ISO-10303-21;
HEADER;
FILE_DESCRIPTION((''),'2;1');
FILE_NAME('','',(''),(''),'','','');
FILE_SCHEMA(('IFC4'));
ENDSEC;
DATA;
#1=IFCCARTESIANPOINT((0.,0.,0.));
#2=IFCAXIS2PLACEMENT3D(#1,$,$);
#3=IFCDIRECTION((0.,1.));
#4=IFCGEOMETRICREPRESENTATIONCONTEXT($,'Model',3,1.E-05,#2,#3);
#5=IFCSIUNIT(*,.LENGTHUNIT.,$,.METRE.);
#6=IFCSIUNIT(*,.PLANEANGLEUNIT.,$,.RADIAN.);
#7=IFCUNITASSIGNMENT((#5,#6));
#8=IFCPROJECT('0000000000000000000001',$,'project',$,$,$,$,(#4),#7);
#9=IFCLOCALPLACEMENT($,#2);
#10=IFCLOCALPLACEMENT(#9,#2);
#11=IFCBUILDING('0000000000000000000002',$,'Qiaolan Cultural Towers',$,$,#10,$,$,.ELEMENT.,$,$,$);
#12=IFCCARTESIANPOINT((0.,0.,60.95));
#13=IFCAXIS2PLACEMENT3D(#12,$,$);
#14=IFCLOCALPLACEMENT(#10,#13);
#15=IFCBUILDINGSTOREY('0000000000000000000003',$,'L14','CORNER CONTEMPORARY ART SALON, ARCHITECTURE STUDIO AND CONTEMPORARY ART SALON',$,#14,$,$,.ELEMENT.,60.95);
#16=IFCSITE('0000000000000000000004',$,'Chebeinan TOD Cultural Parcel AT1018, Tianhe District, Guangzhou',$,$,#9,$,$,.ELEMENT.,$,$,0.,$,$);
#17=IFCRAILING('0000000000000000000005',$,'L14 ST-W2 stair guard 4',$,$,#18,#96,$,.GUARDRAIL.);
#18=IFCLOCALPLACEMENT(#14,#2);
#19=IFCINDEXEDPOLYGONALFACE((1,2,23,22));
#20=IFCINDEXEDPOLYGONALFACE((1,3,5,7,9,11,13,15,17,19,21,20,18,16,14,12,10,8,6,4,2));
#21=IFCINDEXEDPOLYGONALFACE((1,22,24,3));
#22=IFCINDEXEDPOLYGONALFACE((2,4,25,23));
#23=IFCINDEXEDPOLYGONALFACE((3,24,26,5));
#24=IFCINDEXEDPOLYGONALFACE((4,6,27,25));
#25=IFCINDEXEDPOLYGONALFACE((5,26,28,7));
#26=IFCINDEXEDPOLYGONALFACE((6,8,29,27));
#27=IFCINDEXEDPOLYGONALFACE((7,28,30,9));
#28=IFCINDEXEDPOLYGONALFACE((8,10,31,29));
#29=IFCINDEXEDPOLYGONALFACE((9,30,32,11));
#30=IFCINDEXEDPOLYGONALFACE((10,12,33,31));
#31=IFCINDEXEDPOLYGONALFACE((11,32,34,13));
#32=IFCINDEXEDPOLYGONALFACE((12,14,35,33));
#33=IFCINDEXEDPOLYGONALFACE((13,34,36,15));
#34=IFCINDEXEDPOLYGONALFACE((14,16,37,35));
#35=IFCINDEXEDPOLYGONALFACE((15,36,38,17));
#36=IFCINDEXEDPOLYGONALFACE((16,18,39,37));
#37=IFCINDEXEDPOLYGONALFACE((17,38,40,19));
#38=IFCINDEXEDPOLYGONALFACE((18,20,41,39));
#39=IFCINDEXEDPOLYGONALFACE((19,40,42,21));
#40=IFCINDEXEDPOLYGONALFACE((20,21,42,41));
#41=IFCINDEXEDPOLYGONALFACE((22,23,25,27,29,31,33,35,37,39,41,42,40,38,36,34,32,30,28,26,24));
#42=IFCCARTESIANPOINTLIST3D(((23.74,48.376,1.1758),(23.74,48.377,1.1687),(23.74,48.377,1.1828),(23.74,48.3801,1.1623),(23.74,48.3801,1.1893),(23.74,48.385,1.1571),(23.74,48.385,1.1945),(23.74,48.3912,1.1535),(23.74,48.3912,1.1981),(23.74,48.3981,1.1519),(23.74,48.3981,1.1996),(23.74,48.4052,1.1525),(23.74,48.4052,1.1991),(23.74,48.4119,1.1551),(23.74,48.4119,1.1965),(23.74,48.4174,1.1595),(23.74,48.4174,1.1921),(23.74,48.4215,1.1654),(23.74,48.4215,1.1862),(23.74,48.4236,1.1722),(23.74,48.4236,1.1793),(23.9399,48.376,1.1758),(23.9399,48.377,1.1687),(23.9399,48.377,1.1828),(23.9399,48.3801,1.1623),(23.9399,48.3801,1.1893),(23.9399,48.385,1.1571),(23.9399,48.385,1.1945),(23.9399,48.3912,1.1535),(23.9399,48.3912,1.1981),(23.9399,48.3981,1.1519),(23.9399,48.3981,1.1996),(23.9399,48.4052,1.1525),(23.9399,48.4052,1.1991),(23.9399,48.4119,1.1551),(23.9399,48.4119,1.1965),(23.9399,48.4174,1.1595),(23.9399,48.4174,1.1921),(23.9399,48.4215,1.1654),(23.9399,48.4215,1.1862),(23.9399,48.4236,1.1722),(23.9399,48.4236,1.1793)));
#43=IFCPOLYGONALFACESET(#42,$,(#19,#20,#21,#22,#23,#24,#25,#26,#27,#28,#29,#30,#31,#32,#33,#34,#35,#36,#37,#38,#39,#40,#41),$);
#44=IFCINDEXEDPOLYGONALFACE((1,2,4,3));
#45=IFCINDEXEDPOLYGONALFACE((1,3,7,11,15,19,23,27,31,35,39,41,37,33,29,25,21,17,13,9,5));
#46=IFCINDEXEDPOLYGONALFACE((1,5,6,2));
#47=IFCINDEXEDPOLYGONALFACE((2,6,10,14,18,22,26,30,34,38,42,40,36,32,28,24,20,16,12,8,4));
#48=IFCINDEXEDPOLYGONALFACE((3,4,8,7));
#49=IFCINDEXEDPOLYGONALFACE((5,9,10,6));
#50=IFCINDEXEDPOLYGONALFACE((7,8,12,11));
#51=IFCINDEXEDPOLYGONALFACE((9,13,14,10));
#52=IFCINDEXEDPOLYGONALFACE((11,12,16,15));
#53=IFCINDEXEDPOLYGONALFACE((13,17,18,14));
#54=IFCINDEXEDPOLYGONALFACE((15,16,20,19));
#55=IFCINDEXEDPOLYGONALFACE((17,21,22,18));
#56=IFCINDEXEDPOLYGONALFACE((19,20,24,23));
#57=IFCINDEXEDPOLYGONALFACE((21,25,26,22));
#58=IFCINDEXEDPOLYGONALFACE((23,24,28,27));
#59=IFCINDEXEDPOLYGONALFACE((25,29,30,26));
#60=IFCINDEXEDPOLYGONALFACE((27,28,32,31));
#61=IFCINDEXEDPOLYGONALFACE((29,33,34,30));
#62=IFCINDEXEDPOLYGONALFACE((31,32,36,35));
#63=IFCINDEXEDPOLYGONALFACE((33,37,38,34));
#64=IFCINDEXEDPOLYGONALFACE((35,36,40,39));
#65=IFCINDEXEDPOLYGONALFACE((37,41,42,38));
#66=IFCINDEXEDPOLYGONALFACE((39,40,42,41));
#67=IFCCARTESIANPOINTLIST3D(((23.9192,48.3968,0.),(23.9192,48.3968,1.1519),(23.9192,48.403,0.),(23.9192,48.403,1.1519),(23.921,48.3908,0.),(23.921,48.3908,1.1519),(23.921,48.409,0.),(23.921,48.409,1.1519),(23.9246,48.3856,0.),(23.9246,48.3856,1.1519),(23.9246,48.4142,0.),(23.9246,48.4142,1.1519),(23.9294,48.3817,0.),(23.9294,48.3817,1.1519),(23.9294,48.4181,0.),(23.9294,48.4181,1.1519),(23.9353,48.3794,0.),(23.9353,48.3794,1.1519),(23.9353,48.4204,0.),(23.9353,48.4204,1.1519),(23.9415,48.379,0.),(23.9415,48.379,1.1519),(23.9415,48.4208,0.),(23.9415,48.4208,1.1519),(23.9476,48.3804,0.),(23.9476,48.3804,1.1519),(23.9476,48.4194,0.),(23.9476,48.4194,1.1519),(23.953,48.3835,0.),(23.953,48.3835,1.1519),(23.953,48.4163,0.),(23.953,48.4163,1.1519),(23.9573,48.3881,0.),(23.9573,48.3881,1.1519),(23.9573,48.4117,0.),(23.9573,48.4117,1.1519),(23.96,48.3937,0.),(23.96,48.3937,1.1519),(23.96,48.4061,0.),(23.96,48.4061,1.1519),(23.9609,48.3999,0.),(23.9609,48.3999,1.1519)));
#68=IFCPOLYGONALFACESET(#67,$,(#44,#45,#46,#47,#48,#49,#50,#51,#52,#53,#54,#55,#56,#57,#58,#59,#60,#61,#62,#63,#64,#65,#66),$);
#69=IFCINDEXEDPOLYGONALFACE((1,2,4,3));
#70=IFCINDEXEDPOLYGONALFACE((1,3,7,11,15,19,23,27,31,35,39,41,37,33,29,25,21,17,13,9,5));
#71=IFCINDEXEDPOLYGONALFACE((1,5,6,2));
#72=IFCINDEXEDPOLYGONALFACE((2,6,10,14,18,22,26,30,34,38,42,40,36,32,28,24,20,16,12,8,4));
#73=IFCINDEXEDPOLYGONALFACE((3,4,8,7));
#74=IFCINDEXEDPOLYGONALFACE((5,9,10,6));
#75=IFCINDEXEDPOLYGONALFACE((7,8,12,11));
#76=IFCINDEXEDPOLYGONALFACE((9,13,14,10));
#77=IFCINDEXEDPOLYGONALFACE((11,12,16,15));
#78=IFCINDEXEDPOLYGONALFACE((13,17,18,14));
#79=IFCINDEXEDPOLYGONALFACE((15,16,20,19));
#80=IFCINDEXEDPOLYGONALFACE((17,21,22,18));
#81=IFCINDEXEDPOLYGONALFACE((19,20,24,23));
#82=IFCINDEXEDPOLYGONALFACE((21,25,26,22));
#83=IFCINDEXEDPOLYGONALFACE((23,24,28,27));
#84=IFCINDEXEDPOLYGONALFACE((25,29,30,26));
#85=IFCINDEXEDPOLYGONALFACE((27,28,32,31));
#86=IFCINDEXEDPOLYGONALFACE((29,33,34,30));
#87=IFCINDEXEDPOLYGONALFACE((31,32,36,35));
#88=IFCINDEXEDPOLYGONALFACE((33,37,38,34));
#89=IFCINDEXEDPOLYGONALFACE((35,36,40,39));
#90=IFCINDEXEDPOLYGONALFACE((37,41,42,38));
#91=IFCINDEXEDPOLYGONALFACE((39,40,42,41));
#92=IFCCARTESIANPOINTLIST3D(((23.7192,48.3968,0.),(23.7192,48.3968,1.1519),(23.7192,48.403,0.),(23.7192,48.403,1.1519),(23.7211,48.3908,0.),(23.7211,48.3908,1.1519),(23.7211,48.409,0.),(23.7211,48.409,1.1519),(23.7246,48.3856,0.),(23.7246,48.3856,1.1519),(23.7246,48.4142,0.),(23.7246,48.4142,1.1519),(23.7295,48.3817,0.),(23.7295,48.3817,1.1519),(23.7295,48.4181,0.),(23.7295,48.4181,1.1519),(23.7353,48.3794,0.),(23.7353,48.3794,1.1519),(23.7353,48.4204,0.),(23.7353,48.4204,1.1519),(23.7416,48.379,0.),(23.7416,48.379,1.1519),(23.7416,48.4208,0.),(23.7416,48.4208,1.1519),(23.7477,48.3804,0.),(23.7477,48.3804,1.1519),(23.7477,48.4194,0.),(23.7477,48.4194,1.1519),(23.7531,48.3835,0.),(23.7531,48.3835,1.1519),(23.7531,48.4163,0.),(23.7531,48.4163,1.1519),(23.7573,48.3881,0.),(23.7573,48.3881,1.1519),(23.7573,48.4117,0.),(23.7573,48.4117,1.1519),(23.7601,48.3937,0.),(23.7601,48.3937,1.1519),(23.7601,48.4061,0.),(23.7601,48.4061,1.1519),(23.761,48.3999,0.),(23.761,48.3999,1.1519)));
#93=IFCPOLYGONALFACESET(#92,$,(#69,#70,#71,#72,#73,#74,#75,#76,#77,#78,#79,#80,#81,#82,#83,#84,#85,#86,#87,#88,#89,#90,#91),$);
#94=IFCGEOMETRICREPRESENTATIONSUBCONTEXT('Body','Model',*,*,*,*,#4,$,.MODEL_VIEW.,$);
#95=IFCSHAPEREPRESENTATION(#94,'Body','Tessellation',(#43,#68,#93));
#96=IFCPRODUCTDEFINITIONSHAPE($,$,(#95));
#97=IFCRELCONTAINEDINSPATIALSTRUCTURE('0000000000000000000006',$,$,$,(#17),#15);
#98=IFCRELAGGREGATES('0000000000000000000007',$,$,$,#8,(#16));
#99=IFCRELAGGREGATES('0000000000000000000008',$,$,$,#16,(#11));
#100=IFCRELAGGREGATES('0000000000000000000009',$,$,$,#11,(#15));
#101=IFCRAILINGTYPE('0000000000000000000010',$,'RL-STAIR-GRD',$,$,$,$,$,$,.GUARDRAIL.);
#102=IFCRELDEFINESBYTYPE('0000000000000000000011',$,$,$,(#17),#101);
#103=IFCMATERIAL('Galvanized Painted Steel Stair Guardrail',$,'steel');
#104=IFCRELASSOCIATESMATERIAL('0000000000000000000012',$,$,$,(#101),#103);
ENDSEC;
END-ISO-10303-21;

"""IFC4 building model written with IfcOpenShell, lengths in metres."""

from ifc_helpers import new_model, si_unit, direction, frame, origin, origin_2d, place, context, subcontext, project, spatial, circle, extrude, material, type_object, element, save


model = new_model("IFC4")

# Units and contexts
model_context = context("Model", 3, precision=1e-05, world=origin(), true_north=direction((0.0, 1.0)))
body_context = subcontext(model_context, "Body", "Model", "MODEL_VIEW")
ifc_project = project(units=[si_unit("LENGTHUNIT", "METRE"), si_unit("PLANEANGLEUNIT", "RADIAN")], contexts=[model_context])

# Site, building, storey
site_placement = place(None, origin())
site = spatial("IfcSite", under=ifc_project, at=site_placement, Name="Chebeinan TOD Cultural Parcel AT1018, Tianhe District, Guangzhou", CompositionType="ELEMENT", RefElevation=0.0)
building_placement = place(site_placement, origin())
building = spatial("IfcBuilding", under=site, at=building_placement, Name="Qiaolan Cultural Towers", CompositionType="ELEMENT")
storey_placement = place(building_placement, frame((0.0, 0.0, 60.95)))
storey = spatial("IfcBuildingStorey", under=building, at=storey_placement, Name="L14", Description="CORNER CONTEMPORARY ART SALON, ARCHITECTURE STUDIO AND CONTEMPORARY ART SALON", CompositionType="ELEMENT", Elevation=60.95)

# Railing
ifc_material_1 = material(Name="Galvanized Painted Steel Stair Guardrail", Category="steel")
railing_type_1 = type_object("IfcRailingType", Name="RL-STAIR-GRD", PredefinedType="GUARDRAIL", material=ifc_material_1)
railing_1_placement = place(storey_placement, frame((23.9399, 48.3999, 0.0)))
element("IfcRailing", 1, at=railing_1_placement, inside=storey, type_object=railing_type_1, Name="L14 ST-W2 stair guard 4", PredefinedType="GUARDRAIL", context=body_context, shape_type="SweptSolid", body=[
    extrude(circle(Radius=0.0239, at=origin_2d()), frame((0.0, 0.0, 1.1758), z_axis=(-1.0, 0.0, 0.0), x_axis=(0.0, -1.0, 0.0)), (0.0, 0.0, 1.0), 0.2),
    extrude(circle(Radius=0.021, at=origin_2d()), origin(), (0.0, 0.0, 1.0), 1.1519),
    extrude(circle(Radius=0.021, at=origin_2d()), frame((-0.2, 0.0, 0.0)), (0.0, 0.0, 1.0), 1.1519),
])

save(model, "model.ifc")
